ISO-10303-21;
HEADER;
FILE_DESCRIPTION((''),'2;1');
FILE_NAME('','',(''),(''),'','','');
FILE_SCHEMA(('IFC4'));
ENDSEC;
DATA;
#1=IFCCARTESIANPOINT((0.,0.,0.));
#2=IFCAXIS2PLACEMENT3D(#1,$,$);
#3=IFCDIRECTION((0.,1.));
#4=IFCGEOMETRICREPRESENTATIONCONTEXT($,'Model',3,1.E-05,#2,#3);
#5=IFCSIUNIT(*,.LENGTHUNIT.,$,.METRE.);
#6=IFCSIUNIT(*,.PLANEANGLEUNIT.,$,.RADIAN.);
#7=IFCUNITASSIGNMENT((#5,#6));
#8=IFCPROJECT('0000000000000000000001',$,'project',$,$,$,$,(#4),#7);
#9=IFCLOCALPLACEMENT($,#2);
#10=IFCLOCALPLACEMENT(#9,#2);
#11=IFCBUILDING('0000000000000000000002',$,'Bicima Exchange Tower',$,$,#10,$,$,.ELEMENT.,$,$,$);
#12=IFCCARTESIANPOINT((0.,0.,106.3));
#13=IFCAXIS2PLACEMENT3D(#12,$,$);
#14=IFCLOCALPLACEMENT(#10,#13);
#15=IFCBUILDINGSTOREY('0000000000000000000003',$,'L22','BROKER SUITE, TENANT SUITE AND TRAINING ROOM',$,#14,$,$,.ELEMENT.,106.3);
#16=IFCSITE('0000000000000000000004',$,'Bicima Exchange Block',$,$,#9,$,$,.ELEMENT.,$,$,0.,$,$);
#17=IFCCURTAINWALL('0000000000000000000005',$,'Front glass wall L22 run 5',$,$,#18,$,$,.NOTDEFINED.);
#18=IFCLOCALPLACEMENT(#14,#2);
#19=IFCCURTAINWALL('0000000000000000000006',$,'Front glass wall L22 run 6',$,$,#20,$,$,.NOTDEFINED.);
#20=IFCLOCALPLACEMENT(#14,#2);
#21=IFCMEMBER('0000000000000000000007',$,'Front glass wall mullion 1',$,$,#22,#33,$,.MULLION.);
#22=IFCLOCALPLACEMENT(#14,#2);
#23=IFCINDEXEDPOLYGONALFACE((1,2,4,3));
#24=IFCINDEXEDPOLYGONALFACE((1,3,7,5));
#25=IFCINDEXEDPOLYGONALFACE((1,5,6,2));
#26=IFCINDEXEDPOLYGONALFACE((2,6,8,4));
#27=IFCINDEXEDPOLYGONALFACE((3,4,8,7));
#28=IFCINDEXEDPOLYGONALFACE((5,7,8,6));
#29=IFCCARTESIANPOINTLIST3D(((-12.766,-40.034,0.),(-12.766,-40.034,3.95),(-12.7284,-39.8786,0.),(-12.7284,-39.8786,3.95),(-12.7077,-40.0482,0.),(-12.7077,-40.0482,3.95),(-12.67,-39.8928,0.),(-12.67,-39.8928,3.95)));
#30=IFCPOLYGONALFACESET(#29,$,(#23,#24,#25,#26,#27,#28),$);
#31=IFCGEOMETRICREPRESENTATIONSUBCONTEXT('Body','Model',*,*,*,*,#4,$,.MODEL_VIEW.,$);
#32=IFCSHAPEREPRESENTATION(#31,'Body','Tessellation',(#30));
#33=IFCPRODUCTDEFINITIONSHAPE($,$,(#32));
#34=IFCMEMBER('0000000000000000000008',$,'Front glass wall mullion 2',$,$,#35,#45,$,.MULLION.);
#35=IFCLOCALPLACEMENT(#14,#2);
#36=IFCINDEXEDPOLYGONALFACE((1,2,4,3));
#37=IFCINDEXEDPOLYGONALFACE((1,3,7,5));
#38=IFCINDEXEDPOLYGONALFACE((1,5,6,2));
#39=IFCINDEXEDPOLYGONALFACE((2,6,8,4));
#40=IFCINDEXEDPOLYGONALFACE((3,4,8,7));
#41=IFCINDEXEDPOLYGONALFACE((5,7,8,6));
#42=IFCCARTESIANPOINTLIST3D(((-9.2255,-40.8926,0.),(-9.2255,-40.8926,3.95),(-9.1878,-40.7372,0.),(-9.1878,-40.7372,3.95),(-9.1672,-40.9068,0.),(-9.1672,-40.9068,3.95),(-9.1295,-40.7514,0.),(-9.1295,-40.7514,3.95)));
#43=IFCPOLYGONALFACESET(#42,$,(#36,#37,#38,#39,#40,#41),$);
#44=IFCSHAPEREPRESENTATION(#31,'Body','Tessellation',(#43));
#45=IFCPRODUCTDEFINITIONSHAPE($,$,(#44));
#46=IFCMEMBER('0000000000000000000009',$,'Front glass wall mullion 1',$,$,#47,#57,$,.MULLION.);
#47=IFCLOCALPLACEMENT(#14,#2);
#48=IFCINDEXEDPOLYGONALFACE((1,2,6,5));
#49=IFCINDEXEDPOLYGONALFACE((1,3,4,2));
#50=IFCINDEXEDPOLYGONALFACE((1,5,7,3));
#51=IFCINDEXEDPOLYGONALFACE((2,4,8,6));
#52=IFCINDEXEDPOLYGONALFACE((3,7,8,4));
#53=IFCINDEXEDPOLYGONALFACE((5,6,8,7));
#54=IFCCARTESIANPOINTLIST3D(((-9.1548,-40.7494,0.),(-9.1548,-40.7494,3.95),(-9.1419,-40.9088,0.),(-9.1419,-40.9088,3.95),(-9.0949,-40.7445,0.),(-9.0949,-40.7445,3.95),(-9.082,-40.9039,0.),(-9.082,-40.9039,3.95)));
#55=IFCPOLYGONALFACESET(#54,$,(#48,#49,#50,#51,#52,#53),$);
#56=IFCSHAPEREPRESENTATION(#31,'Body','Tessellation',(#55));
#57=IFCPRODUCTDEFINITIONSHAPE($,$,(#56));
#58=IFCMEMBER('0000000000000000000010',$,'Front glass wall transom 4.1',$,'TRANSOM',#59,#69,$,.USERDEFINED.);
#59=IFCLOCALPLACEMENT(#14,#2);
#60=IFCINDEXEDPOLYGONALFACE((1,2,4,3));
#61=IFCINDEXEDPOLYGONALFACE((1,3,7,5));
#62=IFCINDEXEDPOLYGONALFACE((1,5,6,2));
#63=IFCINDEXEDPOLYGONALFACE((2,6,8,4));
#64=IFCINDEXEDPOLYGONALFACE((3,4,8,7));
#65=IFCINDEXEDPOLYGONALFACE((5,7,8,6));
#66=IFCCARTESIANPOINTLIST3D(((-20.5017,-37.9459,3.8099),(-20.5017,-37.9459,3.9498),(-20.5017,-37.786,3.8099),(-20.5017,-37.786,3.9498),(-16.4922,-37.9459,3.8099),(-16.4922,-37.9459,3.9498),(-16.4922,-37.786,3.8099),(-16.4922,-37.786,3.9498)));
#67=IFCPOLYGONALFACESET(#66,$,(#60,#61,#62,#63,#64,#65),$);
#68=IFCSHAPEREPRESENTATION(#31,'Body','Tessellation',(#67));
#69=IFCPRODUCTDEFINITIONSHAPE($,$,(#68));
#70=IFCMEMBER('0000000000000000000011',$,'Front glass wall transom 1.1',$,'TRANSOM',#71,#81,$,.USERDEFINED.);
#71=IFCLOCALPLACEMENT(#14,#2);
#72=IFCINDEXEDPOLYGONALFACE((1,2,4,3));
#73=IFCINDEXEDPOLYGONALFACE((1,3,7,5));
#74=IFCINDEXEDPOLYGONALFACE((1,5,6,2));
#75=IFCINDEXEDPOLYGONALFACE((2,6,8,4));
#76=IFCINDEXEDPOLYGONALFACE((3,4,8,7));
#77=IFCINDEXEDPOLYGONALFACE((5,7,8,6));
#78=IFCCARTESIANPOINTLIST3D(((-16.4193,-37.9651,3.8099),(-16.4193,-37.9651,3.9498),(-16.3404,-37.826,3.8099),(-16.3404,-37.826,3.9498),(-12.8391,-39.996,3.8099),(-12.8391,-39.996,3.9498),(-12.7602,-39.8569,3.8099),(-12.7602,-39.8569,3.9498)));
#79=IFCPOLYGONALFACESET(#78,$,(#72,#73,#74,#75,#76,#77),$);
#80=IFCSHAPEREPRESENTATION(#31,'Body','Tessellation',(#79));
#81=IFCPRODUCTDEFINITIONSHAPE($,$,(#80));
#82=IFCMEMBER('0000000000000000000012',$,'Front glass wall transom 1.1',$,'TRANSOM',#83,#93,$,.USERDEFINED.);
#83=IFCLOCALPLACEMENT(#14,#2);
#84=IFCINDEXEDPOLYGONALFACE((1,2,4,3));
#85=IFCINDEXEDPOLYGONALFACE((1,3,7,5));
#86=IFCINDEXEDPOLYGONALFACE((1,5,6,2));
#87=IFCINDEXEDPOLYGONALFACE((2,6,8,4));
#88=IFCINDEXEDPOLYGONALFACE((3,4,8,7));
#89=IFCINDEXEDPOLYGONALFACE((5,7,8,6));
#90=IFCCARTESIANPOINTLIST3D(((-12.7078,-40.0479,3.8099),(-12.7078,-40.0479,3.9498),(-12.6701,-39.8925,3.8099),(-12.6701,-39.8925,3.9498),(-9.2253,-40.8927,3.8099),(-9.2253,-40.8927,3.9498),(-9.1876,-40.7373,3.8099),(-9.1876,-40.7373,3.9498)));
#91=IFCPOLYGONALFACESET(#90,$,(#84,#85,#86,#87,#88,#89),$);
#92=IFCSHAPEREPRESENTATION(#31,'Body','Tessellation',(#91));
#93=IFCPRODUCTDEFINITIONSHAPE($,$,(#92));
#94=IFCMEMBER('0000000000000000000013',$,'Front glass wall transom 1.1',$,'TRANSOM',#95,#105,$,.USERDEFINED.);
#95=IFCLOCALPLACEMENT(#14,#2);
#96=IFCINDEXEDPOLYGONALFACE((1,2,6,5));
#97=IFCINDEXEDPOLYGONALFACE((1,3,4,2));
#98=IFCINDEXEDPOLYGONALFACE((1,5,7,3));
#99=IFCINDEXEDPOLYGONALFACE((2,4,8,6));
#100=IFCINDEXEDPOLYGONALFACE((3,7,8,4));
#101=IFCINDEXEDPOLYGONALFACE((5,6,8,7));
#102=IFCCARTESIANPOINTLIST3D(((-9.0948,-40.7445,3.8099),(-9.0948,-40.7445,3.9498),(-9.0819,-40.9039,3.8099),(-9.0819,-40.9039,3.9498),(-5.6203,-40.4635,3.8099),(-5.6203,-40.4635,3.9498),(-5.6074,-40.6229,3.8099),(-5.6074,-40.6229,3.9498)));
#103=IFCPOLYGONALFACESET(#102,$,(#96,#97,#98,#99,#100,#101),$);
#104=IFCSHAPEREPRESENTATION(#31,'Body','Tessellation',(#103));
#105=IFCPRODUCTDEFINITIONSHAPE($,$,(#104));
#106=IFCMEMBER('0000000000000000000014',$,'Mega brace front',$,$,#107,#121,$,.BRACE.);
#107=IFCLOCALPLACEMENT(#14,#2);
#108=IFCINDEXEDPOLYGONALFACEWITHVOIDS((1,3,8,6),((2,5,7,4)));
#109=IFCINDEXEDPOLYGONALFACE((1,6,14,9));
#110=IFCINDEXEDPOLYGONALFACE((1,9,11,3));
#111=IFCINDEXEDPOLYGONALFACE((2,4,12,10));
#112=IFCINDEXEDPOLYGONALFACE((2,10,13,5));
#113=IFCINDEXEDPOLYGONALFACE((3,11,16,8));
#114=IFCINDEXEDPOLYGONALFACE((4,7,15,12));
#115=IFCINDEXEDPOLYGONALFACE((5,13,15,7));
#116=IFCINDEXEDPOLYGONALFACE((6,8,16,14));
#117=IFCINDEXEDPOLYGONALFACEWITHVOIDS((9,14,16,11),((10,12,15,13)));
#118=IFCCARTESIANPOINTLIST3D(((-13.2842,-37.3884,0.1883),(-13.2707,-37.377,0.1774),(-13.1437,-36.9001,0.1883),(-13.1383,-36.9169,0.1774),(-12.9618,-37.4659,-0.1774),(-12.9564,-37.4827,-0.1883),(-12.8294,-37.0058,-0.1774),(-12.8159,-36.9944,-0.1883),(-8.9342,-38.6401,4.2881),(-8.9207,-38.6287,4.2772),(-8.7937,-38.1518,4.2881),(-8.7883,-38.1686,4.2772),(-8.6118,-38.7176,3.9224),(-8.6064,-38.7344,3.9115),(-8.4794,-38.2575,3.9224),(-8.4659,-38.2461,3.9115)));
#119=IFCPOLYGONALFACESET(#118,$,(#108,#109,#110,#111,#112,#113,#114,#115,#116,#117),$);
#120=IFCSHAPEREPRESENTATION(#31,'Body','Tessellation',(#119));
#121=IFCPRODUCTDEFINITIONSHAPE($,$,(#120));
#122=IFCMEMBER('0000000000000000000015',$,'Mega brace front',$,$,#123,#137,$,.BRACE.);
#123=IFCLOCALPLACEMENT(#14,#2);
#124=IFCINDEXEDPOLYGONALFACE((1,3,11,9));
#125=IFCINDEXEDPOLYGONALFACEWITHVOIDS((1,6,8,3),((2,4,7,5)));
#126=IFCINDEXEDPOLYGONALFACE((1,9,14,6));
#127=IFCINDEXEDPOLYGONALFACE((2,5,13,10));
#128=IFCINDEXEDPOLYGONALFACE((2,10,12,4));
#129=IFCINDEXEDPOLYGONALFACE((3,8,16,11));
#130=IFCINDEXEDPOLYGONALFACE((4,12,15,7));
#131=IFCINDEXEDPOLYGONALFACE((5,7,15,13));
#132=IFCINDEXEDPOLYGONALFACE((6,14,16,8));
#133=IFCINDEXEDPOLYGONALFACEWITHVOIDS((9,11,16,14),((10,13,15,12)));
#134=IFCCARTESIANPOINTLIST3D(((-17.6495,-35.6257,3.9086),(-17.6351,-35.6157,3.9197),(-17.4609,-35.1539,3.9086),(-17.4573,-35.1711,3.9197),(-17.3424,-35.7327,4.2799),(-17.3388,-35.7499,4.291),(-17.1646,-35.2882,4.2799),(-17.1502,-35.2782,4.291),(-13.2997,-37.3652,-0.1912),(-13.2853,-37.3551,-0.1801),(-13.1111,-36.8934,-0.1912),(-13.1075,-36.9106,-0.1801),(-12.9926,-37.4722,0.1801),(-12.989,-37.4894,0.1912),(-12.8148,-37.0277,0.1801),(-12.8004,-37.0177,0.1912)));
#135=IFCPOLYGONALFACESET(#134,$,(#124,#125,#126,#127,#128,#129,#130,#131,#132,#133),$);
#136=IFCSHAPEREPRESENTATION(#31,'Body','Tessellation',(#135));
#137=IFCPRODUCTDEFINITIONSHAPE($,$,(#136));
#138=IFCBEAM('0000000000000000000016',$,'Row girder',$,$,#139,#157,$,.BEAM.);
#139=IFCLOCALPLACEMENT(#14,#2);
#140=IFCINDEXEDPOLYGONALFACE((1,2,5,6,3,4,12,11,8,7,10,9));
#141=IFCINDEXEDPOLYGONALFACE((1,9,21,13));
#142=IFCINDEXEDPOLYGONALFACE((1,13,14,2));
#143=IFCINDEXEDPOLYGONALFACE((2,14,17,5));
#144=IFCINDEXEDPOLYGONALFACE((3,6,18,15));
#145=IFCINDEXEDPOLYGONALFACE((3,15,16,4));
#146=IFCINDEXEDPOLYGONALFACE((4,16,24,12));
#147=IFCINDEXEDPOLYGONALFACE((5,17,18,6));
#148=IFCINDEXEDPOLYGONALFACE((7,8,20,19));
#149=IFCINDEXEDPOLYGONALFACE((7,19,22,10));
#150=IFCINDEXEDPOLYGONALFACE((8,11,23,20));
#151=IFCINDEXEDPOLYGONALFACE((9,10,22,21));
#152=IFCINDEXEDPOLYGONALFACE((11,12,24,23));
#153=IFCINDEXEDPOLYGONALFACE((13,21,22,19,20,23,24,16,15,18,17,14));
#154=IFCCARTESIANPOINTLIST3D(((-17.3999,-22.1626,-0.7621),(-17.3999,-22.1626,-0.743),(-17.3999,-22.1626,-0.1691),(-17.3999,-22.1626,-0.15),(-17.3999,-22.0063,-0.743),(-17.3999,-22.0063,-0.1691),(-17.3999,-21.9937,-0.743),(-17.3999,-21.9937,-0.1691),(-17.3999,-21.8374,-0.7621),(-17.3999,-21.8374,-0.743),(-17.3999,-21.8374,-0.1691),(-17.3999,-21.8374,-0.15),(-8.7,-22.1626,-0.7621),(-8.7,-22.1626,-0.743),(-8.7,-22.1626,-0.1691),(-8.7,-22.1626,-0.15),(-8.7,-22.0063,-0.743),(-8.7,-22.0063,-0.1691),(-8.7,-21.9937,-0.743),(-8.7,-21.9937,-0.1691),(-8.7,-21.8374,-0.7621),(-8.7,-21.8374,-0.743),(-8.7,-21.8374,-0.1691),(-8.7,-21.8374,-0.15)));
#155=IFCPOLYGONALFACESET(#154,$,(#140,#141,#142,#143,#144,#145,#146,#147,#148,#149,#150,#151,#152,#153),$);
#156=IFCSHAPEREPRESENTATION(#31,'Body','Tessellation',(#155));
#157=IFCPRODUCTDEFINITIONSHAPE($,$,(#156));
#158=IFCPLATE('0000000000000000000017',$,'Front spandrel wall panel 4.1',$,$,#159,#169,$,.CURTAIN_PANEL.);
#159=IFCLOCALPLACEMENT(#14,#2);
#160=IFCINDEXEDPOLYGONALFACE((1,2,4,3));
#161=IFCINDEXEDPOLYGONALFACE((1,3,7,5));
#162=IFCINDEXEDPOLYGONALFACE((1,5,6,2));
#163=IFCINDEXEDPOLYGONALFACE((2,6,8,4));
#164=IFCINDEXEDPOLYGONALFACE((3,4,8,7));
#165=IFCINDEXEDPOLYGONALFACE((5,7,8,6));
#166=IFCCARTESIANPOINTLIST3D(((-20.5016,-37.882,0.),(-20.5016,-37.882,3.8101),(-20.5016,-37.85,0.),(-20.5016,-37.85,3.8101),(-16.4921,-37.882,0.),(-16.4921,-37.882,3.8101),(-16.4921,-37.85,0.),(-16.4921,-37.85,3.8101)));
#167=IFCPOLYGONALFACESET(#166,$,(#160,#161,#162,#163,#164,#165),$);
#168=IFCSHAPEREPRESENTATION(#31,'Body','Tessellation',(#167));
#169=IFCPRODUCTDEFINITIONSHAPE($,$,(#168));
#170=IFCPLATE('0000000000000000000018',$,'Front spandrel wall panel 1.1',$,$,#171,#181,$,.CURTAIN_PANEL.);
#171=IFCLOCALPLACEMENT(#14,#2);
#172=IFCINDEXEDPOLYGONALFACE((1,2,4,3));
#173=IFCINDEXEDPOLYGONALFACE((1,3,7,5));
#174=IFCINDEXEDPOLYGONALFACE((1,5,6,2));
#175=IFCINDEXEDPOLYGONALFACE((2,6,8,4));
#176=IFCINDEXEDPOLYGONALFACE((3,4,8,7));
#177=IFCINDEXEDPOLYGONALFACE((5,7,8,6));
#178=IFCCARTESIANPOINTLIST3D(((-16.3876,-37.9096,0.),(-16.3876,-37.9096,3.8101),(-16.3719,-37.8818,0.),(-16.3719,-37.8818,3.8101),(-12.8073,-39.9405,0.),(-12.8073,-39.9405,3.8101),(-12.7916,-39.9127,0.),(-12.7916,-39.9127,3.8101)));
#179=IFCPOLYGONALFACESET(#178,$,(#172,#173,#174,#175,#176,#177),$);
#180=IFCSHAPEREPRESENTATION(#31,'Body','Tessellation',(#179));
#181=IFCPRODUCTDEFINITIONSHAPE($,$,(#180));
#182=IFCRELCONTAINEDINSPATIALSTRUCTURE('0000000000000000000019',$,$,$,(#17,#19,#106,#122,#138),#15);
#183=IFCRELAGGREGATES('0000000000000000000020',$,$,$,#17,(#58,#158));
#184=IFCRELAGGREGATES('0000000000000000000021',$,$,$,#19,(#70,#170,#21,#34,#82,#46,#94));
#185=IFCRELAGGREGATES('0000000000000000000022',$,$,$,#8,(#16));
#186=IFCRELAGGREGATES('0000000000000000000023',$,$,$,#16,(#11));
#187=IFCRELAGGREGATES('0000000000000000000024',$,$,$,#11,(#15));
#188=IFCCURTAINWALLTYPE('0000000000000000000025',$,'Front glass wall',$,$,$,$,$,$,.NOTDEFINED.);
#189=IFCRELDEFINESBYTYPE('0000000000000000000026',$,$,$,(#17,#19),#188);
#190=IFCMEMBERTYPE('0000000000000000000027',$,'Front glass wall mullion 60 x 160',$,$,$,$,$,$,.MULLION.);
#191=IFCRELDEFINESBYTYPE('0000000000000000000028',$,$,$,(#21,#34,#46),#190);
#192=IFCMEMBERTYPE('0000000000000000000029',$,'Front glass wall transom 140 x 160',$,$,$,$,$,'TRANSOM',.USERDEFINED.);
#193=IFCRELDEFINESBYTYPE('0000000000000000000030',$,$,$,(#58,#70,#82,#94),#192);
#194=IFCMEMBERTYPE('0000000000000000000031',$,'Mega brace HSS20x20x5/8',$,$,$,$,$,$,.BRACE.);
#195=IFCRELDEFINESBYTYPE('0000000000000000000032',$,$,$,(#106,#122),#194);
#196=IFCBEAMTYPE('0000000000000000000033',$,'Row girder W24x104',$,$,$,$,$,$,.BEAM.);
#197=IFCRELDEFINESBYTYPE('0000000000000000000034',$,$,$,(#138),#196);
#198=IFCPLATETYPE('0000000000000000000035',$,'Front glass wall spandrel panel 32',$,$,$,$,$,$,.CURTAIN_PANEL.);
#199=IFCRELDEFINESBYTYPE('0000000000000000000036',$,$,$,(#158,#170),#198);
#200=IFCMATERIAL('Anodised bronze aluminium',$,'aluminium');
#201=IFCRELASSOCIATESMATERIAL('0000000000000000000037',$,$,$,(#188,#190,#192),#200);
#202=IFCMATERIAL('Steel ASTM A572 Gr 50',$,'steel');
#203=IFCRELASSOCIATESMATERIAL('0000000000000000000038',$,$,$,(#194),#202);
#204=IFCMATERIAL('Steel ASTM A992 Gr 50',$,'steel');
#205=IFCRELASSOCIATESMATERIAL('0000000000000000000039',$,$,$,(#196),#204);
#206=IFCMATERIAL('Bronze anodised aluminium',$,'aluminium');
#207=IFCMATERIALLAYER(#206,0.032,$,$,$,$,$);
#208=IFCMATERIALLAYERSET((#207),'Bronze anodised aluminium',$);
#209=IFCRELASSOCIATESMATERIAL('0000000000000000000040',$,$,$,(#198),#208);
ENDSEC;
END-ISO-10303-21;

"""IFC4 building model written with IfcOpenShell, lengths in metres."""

from ifc_helpers import new_model, si_unit, direction, frame, origin, origin_2d, place, context, subcontext, project, spatial, rectangle, hollow_rectangle, i_section, extrude, material, layer, layer_set, material_profile, profile_set, type_object, element, aggregate, save


model = new_model("IFC4")

# Units and contexts
model_context = context("Model", 3, precision=1e-05, world=origin(), true_north=direction((0.0, 1.0)))
body_context = subcontext(model_context, "Body", "Model", "MODEL_VIEW")
ifc_project = project(units=[si_unit("LENGTHUNIT", "METRE"), si_unit("PLANEANGLEUNIT", "RADIAN")], contexts=[model_context])

# Site, building, storey
site_placement = place(None, origin())
site = spatial("IfcSite", under=ifc_project, at=site_placement, Name="Bicima Exchange Block", CompositionType="ELEMENT", RefElevation=0.0)
building_placement = place(site_placement, origin())
building = spatial("IfcBuilding", under=site, at=building_placement, Name="Bicima Exchange Tower", CompositionType="ELEMENT")
storey_placement = place(building_placement, frame((0.0, 0.0, 106.3)))
storey = spatial("IfcBuildingStorey", under=building, at=storey_placement, Name="L22", Description="BROKER SUITE, TENANT SUITE AND TRAINING ROOM", CompositionType="ELEMENT", Elevation=106.3)

# Shared definitions
ifc_material_1 = material(Name="Steel ASTM A992 Gr 50", Category="steel")

# Curtain walls, members
ifc_material_2 = material(Name="Anodised bronze aluminium", Category="aluminium")
curtain_wall_type = type_object("IfcCurtainWallType", Name="Front glass wall", PredefinedType="NOTDEFINED", material=ifc_material_2)
curtain_wall_1_placement = place(storey_placement, origin())
curtain_wall_1 = element("IfcCurtainWall", 1, at=curtain_wall_1_placement, inside=storey, type_object=curtain_wall_type, Name="Front glass wall L22 run 5", PredefinedType="NOTDEFINED")
ifc_material_profile_1 = material_profile(ifc_material_2, rectangle(XDim=0.1599, YDim=0.0601, at=origin_2d()))
ifc_profile_set_1 = profile_set([ifc_material_profile_1], Name="Anodised bronze aluminium")
member_type_1 = type_object("IfcMemberType", Name="Front glass wall mullion 60 x 160", PredefinedType="MULLION", material=ifc_profile_set_1)
curtain_wall_2_placement = place(storey_placement, origin())
curtain_wall_2 = element("IfcCurtainWall", 2, at=curtain_wall_2_placement, inside=storey, type_object=curtain_wall_type, Name="Front glass wall L22 run 6", PredefinedType="NOTDEFINED")
member_1_placement = place(storey_placement, frame((-12.718, -39.9634, 0.0), z_axis=(0.0, 0.0, 1.0), x_axis=(0.235682, 0.97183, 0.0)))
member_1 = element("IfcMember", 3, at=member_1_placement, type_object=member_type_1, Name="Front glass wall mullion 1", PredefinedType="MULLION", context=body_context, shape_type="SweptSolid", body=[
    extrude(rectangle(XDim=0.1599, YDim=0.0601, at=origin_2d()), origin(), (0.0, 0.0, 1.0), 3.95),
])
member_2_placement = place(storey_placement, frame((-9.1775, -40.822, 0.0), z_axis=(0.0, 0.0, 1.0), x_axis=(0.235682, 0.97183, 0.0)))
member_2 = element("IfcMember", 4, at=member_2_placement, type_object=member_type_1, Name="Front glass wall mullion 2", PredefinedType="MULLION", context=body_context, shape_type="SweptSolid", body=[
    extrude(rectangle(XDim=0.1599, YDim=0.0601, at=origin_2d()), origin(), (0.0, 0.0, 1.0), 3.95),
])
member_3_placement = place(storey_placement, frame((-9.1184, -40.8267, 0.0), z_axis=(0.0, 0.0, 1.0), x_axis=(-0.080589, 0.996747, 0.0)))
member_3 = element("IfcMember", 5, at=member_3_placement, type_object=member_type_1, Name="Front glass wall mullion 1", PredefinedType="MULLION", context=body_context, shape_type="SweptSolid", body=[
    extrude(rectangle(XDim=0.1599, YDim=0.0601, at=origin_2d()), origin(), (0.0, 0.0, 1.0), 3.95),
])

# Members
ifc_material_profile_2 = material_profile(ifc_material_2, rectangle(XDim=0.1599, YDim=0.1399, at=origin_2d()))
ifc_profile_set_2 = profile_set([ifc_material_profile_2], Name="Anodised bronze aluminium")
member_type_2 = type_object("IfcMemberType", Name="Front glass wall transom 140 x 160", ElementType="TRANSOM", PredefinedType="USERDEFINED", material=ifc_profile_set_2)
member_4_placement = place(storey_placement, frame((-20.5017, -37.866, 3.8799), z_axis=(1.0, 0.0, 0.0), x_axis=(0.0, 1.0, 0.0)))
member_4 = element("IfcMember", 6, at=member_4_placement, type_object=member_type_2, Name="Front glass wall transom 4.1", ObjectType="TRANSOM", PredefinedType="USERDEFINED", context=body_context, shape_type="SweptSolid", body=[
    extrude(rectangle(XDim=0.1599, YDim=0.1399, at=origin_2d()), origin(), (0.0, 0.0, 1.0), 4.0095),
])
member_5_placement = place(storey_placement, frame((-16.3799, -37.8955, 3.8799), z_axis=(0.869797, -0.493409, 0.0), x_axis=(0.493409, 0.869797, 0.0)))
member_5 = element("IfcMember", 7, at=member_5_placement, type_object=member_type_2, Name="Front glass wall transom 1.1", ObjectType="TRANSOM", PredefinedType="USERDEFINED", context=body_context, shape_type="SweptSolid", body=[
    extrude(rectangle(XDim=0.1599, YDim=0.1399, at=origin_2d()), origin(), (0.0, 0.0, 1.0), 4.1162),
])
member_6_placement = place(storey_placement, frame((-12.689, -39.9702, 3.8799), z_axis=(0.971818, -0.235733, 0.0), x_axis=(0.235733, 0.971818, 0.0)))
member_6 = element("IfcMember", 8, at=member_6_placement, type_object=member_type_2, Name="Front glass wall transom 1.1", ObjectType="TRANSOM", PredefinedType="USERDEFINED", context=body_context, shape_type="SweptSolid", body=[
    extrude(rectangle(XDim=0.1599, YDim=0.1399, at=origin_2d()), origin(), (0.0, 0.0, 1.0), 3.5835),
])
member_7_placement = place(storey_placement, frame((-9.0884, -40.8242, 3.8799), z_axis=(0.996746, 0.080611, 0.0), x_axis=(-0.080611, 0.996746, 0.0)))
member_7 = element("IfcMember", 9, at=member_7_placement, type_object=member_type_2, Name="Front glass wall transom 1.1", ObjectType="TRANSOM", PredefinedType="USERDEFINED", context=body_context, shape_type="SweptSolid", body=[
    extrude(rectangle(XDim=0.1599, YDim=0.1399, at=origin_2d()), origin(), (0.0, 0.0, 1.0), 3.4858),
])

# Members
ifc_material_3 = material(Name="Steel ASTM A572 Gr 50", Category="steel")
ifc_material_profile_3 = material_profile(ifc_material_3, hollow_rectangle(XDim=0.5081, YDim=0.5081, WallThickness=0.0146, at=origin_2d()))
ifc_profile_set_3 = profile_set([ifc_material_profile_3], Name="Steel ASTM A572 Gr 50")
member_type_3 = type_object("IfcMemberType", Name="Mega brace HSS20x20x5/8", PredefinedType="BRACE", material=ifc_profile_set_3)
member_8_placement = place(storey_placement, frame((-13.05, -37.1914, 0.0), z_axis=(0.71228, -0.204953, 0.671305), x_axis=(0.276523, 0.961007, 0.0)))
element("IfcMember", 10, at=member_8_placement, inside=storey, type_object=member_type_3, Name="Mega brace front", PredefinedType="BRACE", context=body_context, shape_type="SweptSolid", body=[
    extrude(hollow_rectangle(XDim=0.5081, YDim=0.5081, WallThickness=0.0146, at=origin_2d()), origin(), (0.0, 0.0, 1.0), 6.1072),
])
member_9_placement = place(storey_placement, frame((-13.05, -37.1914, 0.0), z_axis=(-0.698724, 0.279419, 0.658566), x_axis=(-0.37131, -0.928509, 0.0)))
element("IfcMember", 11, at=member_9_placement, inside=storey, type_object=member_type_3, Name="Mega brace front", PredefinedType="BRACE", context=body_context, shape_type="SweptSolid", body=[
    extrude(hollow_rectangle(XDim=0.5081, YDim=0.5081, WallThickness=0.0146, at=origin_2d()), origin(), (0.0, 0.0, 1.0), 6.2253),
])

# Beam
ifc_material_profile_4 = material_profile(ifc_material_1, i_section(OverallWidth=0.3252, OverallDepth=0.6121, WebThickness=0.0127, FlangeThickness=0.019, at=origin_2d()))
ifc_profile_set_4 = profile_set([ifc_material_profile_4], Name="Steel ASTM A992 Gr 50")
beam_type_1 = type_object("IfcBeamType", Name="Row girder W24x104", PredefinedType="BEAM", material=ifc_profile_set_4)
beam_1_placement = place(storey_placement, frame((-17.3999, -22.0, -0.4561), z_axis=(1.0, 0.0, 0.0), x_axis=(0.0, 1.0, 0.0)))
element("IfcBeam", 12, at=beam_1_placement, inside=storey, type_object=beam_type_1, Name="Row girder", PredefinedType="BEAM", context=body_context, shape_type="SweptSolid", body=[
    extrude(i_section(OverallWidth=0.3252, OverallDepth=0.6121, WebThickness=0.0127, FlangeThickness=0.019, at=origin_2d()), origin(), (0.0, 0.0, 1.0), 8.7),
])

# Plates
ifc_material_4 = material(Name="Bronze anodised aluminium", Category="aluminium")
ifc_layer_1 = layer(ifc_material_4, 0.032)
ifc_layer_set_1 = layer_set([ifc_layer_1], Name="Bronze anodised aluminium")
plate_type = type_object("IfcPlateType", Name="Front glass wall spandrel panel 32", PredefinedType="CURTAIN_PANEL", material=ifc_layer_set_1)
plate_1_placement = place(storey_placement, frame((-18.4968, -37.866, 0.0), z_axis=(0.0, 0.0, 1.0), x_axis=(1.0, 0.0, 0.0)))
plate_1 = element("IfcPlate", 13, at=plate_1_placement, type_object=plate_type, Name="Front spandrel wall panel 4.1", PredefinedType="CURTAIN_PANEL", context=body_context, shape_type="SweptSolid", body=[
    extrude(rectangle(XDim=4.0095, YDim=0.032, at=origin_2d()), origin(), (0.0, 0.0, 1.0), 3.8101),
])
aggregate(curtain_wall_1, [member_4, plate_1])
plate_2_placement = place(storey_placement, frame((-14.5896, -38.9111, 0.0), z_axis=(0.0, 0.0, 1.0), x_axis=(0.869805, -0.493395, 0.0)))
plate_2 = element("IfcPlate", 14, at=plate_2_placement, type_object=plate_type, Name="Front spandrel wall panel 1.1", PredefinedType="CURTAIN_PANEL", context=body_context, shape_type="SweptSolid", body=[
    extrude(rectangle(XDim=4.1162, YDim=0.032, at=origin_2d()), origin(), (0.0, 0.0, 1.0), 3.8101),
])
aggregate(curtain_wall_2, [member_5, plate_2, member_1, member_2, member_6, member_3, member_7])

save(model, "model.ifc")
